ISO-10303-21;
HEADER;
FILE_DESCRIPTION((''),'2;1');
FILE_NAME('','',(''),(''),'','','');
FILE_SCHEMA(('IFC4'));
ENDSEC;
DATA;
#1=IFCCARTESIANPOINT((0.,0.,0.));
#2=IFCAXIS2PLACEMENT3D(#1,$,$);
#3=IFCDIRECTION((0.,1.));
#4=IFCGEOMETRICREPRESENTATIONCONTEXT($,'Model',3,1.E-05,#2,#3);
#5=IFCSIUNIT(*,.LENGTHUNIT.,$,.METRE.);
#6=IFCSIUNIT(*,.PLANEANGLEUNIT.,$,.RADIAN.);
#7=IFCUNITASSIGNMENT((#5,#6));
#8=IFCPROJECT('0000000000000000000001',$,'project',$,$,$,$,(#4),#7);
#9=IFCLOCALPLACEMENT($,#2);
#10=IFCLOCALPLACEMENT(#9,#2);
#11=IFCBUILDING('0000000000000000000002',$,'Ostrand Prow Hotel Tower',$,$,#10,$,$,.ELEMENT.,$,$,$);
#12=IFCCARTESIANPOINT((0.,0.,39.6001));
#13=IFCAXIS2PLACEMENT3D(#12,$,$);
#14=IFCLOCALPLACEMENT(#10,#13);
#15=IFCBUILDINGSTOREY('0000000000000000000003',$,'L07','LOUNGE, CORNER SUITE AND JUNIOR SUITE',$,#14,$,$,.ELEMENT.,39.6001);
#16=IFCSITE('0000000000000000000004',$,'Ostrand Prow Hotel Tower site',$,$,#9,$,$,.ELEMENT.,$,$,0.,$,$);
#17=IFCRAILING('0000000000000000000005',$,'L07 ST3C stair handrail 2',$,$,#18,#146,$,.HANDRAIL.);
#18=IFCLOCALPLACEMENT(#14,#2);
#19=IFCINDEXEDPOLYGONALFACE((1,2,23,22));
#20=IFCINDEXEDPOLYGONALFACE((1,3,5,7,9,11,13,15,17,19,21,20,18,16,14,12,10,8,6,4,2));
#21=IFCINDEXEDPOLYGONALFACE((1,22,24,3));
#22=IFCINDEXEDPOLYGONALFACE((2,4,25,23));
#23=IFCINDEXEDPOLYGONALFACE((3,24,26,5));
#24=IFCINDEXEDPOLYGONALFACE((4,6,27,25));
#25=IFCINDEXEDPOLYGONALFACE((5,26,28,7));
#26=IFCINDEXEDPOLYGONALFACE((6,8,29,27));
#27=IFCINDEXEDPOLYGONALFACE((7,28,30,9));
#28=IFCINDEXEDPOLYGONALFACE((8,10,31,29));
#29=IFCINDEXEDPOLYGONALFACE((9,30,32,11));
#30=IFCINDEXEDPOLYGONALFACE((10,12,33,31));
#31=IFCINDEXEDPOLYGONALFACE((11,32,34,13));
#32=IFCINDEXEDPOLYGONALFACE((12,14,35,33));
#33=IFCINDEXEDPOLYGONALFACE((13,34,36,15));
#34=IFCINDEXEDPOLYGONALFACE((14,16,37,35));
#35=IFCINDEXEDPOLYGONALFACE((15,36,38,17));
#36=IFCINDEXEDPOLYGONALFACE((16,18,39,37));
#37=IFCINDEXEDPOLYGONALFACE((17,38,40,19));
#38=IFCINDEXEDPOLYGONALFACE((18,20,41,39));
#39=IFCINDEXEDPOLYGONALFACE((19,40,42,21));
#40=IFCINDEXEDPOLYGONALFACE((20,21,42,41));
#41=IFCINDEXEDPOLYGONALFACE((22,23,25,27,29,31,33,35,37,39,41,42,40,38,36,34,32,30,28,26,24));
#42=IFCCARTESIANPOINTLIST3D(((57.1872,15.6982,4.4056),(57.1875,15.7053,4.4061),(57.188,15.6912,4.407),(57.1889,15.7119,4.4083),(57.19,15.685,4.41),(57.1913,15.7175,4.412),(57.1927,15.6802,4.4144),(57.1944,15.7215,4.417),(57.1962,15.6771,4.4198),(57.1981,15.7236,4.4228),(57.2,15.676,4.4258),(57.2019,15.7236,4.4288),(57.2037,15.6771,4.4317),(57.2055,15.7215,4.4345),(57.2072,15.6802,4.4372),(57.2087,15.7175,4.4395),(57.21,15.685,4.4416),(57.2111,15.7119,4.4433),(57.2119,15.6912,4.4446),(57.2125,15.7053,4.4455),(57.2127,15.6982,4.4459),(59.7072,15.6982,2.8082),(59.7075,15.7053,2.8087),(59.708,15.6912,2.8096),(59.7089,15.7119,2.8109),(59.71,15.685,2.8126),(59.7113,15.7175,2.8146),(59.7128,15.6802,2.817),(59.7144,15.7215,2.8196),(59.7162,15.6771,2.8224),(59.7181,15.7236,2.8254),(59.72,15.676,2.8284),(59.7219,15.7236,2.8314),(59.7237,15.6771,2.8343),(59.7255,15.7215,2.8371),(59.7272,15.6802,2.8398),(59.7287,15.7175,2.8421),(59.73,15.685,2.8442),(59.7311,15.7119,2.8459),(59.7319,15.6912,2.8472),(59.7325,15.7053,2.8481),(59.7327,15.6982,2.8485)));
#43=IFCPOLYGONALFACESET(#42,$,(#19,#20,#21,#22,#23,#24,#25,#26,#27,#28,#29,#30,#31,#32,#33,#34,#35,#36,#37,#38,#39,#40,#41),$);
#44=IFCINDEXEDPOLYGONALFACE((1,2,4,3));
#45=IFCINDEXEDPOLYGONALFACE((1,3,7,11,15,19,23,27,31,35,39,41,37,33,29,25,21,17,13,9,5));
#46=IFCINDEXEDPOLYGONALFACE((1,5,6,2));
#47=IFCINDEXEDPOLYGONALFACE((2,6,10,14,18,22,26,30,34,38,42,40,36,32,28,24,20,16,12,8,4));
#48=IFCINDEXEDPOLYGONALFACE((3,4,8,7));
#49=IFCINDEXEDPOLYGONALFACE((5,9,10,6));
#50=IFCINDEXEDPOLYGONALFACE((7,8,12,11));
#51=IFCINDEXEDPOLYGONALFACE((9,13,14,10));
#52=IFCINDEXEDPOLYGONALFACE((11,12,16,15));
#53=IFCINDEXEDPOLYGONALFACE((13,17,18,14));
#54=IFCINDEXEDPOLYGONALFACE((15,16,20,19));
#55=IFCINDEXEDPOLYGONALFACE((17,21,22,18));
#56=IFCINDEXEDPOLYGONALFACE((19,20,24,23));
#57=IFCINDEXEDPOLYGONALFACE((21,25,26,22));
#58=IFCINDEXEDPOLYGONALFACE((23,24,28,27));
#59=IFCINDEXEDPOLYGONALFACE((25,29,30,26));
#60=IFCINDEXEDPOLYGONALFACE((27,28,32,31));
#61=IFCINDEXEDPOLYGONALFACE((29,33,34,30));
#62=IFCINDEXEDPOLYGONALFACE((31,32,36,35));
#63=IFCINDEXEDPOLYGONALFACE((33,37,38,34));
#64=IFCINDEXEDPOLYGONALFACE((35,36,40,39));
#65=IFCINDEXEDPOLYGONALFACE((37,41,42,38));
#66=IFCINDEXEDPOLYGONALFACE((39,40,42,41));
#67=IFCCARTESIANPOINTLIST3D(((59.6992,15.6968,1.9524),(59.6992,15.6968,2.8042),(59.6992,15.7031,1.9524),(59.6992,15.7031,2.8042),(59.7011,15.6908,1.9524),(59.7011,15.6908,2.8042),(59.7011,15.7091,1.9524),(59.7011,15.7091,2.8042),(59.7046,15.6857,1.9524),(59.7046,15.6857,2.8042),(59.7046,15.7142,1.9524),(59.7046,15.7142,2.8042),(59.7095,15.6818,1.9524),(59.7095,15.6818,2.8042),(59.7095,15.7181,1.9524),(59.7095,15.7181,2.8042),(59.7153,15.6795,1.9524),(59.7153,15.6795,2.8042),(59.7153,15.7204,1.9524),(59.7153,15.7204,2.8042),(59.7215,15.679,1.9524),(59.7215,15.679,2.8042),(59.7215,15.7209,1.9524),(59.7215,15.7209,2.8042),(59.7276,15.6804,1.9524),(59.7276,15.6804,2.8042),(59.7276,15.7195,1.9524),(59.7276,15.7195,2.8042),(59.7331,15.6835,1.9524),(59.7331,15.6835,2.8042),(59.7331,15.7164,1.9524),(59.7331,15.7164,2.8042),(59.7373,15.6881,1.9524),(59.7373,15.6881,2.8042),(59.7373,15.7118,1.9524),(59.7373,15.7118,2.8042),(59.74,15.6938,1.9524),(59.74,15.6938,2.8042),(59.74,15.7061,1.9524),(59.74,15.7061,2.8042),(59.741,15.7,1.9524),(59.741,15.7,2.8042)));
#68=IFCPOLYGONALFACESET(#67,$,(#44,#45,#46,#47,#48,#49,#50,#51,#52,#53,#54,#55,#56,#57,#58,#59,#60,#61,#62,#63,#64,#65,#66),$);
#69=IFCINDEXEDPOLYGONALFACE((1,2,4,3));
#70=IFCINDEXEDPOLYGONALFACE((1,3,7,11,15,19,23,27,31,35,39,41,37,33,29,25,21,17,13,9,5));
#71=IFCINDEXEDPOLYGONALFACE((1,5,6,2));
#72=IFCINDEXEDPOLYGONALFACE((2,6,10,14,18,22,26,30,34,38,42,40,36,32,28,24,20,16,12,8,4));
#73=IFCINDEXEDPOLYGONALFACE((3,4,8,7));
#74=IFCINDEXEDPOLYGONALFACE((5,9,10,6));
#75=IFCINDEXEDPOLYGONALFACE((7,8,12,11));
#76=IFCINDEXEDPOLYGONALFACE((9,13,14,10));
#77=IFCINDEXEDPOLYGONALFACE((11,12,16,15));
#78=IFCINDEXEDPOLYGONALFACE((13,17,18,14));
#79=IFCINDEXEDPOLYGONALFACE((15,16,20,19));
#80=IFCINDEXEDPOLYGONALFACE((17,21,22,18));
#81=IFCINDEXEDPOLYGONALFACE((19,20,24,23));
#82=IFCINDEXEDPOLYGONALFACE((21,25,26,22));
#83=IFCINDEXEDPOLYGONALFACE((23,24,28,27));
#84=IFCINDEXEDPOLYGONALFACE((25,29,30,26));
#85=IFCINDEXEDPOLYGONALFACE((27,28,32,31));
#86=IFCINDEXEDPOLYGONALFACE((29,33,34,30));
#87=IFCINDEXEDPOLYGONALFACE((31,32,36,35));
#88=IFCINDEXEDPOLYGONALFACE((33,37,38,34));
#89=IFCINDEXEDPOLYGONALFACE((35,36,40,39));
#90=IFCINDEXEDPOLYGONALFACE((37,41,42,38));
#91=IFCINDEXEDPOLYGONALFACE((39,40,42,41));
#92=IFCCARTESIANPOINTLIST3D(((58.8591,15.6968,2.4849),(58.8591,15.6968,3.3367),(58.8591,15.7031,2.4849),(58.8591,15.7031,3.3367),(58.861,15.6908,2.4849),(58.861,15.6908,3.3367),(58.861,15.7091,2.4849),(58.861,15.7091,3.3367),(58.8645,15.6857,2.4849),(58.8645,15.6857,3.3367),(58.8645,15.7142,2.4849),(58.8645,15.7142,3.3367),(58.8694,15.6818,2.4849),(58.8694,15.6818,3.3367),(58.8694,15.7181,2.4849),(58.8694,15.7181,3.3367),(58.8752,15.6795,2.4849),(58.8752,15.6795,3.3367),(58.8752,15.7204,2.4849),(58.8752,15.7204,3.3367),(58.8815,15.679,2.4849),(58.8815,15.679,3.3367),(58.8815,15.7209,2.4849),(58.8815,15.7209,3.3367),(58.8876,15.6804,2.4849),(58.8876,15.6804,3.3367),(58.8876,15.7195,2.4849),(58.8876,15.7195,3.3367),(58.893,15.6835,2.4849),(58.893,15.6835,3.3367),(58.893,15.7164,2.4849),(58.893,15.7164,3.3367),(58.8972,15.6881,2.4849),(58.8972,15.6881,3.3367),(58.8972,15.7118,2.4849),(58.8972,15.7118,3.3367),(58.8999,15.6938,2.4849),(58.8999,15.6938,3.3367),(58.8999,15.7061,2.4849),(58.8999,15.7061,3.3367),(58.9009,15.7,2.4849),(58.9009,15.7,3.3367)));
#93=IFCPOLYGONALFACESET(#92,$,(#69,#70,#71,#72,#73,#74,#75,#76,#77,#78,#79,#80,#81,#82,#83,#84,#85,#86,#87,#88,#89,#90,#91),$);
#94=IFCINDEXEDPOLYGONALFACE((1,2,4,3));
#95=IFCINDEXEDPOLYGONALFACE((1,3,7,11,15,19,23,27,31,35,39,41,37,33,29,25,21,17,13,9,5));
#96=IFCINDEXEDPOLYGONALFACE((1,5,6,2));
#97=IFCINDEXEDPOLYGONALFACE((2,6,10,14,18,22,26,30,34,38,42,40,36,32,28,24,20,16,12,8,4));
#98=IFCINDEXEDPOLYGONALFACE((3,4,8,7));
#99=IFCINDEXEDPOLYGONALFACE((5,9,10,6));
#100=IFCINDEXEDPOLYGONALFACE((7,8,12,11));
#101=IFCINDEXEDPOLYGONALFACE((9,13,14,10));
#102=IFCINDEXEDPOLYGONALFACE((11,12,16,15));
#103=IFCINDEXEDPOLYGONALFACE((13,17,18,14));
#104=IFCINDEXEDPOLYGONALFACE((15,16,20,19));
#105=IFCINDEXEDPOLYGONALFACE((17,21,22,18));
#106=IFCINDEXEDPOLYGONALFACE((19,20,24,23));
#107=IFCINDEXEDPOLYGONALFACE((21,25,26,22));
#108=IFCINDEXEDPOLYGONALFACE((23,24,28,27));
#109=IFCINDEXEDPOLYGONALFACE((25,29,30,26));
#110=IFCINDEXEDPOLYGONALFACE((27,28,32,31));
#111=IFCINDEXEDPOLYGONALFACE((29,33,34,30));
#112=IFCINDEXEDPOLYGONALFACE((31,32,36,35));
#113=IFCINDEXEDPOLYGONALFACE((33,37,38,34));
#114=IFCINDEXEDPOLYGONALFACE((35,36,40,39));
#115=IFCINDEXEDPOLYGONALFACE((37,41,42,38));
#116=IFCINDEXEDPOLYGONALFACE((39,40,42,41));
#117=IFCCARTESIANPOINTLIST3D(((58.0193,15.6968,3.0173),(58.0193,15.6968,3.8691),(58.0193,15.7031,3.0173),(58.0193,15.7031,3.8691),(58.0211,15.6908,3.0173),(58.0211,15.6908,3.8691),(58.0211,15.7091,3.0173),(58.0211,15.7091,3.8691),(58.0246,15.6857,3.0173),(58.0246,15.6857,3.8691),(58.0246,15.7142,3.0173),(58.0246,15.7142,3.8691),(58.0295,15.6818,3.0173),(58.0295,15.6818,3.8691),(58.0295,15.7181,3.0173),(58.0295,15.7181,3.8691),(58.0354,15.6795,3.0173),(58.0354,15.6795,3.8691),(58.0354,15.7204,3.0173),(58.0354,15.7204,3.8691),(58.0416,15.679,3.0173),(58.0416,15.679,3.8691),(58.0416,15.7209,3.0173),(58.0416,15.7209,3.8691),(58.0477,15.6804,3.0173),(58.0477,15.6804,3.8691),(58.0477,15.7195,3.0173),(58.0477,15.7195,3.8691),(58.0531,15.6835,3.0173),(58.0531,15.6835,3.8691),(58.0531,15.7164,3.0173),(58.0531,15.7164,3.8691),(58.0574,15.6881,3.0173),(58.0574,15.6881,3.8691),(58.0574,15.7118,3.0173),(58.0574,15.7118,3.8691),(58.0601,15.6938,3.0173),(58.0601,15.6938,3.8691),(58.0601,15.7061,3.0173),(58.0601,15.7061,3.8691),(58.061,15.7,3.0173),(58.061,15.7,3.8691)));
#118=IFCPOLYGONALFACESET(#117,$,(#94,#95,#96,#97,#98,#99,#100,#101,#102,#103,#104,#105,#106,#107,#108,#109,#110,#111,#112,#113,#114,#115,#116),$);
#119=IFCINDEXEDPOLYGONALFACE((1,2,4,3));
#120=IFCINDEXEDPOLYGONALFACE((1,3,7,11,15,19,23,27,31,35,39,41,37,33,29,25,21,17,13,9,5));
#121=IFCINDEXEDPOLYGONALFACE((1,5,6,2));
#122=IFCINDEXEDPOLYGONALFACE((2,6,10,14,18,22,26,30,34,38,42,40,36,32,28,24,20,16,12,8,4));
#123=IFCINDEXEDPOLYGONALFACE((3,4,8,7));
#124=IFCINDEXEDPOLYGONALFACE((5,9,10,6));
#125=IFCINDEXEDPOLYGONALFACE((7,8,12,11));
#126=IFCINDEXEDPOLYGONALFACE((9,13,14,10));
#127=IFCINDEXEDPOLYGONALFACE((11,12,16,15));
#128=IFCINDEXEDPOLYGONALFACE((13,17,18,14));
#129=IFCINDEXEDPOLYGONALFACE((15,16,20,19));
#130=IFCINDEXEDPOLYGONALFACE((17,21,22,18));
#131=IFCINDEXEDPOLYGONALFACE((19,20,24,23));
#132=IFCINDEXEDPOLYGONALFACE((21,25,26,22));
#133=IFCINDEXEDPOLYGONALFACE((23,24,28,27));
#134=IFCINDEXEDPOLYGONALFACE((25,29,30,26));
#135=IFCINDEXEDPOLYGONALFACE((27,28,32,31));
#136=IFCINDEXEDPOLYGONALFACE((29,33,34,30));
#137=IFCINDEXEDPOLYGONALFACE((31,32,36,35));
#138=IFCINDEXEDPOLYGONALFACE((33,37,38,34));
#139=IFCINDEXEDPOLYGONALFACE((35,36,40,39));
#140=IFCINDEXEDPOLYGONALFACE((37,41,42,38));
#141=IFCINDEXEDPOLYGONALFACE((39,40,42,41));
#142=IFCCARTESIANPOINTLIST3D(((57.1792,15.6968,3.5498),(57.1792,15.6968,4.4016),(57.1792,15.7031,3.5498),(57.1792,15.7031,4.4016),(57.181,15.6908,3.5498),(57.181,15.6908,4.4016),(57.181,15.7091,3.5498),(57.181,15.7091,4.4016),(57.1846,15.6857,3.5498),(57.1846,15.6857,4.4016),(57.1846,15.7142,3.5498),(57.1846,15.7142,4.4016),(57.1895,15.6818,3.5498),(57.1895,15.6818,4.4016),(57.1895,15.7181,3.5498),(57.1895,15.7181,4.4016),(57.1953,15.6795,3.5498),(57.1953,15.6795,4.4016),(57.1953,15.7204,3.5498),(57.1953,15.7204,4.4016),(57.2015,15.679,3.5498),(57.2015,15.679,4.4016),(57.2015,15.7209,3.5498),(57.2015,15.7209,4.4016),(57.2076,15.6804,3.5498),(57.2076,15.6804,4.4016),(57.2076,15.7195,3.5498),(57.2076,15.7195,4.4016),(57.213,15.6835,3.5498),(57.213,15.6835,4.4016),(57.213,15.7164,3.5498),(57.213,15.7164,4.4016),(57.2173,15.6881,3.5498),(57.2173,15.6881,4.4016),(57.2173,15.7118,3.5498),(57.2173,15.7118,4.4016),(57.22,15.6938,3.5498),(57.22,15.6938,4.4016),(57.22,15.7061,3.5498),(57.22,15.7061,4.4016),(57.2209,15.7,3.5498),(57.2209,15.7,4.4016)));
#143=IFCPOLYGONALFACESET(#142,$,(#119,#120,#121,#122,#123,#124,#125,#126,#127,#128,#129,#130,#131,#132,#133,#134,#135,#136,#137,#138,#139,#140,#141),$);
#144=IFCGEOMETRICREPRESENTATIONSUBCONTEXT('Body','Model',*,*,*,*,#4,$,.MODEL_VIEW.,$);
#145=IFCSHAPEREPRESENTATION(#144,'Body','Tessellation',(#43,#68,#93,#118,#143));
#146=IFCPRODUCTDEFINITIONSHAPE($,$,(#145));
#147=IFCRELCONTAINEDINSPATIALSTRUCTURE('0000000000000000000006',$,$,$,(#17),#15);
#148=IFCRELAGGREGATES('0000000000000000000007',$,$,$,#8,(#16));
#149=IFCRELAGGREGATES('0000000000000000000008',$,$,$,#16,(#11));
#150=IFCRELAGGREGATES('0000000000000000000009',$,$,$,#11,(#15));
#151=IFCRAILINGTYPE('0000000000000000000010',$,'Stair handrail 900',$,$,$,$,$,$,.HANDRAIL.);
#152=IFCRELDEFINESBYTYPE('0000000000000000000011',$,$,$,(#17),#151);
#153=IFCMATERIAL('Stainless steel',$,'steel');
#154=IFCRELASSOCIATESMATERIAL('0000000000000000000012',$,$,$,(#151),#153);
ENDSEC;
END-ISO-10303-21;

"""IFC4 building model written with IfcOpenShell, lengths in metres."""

from ifc_helpers import new_model, si_unit, direction, frame, origin, origin_2d, place, context, subcontext, project, spatial, circle, extrude, material, type_object, element, save


model = new_model("IFC4")

# Units and contexts
model_context = context("Model", 3, precision=1e-05, world=origin(), true_north=direction((0.0, 1.0)))
body_context = subcontext(model_context, "Body", "Model", "MODEL_VIEW")
ifc_project = project(units=[si_unit("LENGTHUNIT", "METRE"), si_unit("PLANEANGLEUNIT", "RADIAN")], contexts=[model_context])

# Site, building, storey
site_placement = place(None, origin())
site = spatial("IfcSite", under=ifc_project, at=site_placement, Name="Ostrand Prow Hotel Tower site", CompositionType="ELEMENT", RefElevation=0.0)
building_placement = place(site_placement, origin())
building = spatial("IfcBuilding", under=site, at=building_placement, Name="Ostrand Prow Hotel Tower", CompositionType="ELEMENT")
storey_placement = place(building_placement, frame((0.0, 0.0, 39.6001)))
storey = spatial("IfcBuildingStorey", under=building, at=storey_placement, Name="L07", Description="LOUNGE, CORNER SUITE AND JUNIOR SUITE", CompositionType="ELEMENT", Elevation=39.6001)

# Railing
ifc_material_1 = material(Name="Stainless steel", Category="steel")
railing_type_1 = type_object("IfcRailingType", Name="Stair handrail 900", PredefinedType="HANDRAIL", material=ifc_material_1)
railing_1_placement = place(storey_placement, frame((59.72, 15.7, 1.9524)))
element("IfcRailing", 1, at=railing_1_placement, inside=storey, type_object=railing_type_1, Name="L07 ST3C stair handrail 2", PredefinedType="HANDRAIL", context=body_context, shape_type="SweptSolid", body=[
    extrude(circle(Radius=0.0239, at=origin_2d()), frame((0.0, 0.0, 0.876), z_axis=(-0.844607, 0.0, 0.535387), x_axis=(0.0, -1.0, 0.0)), (0.0, 0.0, 1.0), 2.9836),
    extrude(circle(Radius=0.021, at=origin_2d()), origin(), (0.0, 0.0, 1.0), 0.8518),
    extrude(circle(Radius=0.021, at=origin_2d()), frame((-0.8401, 0.0, 0.5325)), (0.0, 0.0, 1.0), 0.8518),
    extrude(circle(Radius=0.021, at=origin_2d()), frame((-1.6799, 0.0, 1.0649)), (0.0, 0.0, 1.0), 0.8518),
    extrude(circle(Radius=0.021, at=origin_2d()), frame((-2.52, 0.0, 1.5974)), (0.0, 0.0, 1.0), 0.8518),
])

save(model, "model.ifc")
